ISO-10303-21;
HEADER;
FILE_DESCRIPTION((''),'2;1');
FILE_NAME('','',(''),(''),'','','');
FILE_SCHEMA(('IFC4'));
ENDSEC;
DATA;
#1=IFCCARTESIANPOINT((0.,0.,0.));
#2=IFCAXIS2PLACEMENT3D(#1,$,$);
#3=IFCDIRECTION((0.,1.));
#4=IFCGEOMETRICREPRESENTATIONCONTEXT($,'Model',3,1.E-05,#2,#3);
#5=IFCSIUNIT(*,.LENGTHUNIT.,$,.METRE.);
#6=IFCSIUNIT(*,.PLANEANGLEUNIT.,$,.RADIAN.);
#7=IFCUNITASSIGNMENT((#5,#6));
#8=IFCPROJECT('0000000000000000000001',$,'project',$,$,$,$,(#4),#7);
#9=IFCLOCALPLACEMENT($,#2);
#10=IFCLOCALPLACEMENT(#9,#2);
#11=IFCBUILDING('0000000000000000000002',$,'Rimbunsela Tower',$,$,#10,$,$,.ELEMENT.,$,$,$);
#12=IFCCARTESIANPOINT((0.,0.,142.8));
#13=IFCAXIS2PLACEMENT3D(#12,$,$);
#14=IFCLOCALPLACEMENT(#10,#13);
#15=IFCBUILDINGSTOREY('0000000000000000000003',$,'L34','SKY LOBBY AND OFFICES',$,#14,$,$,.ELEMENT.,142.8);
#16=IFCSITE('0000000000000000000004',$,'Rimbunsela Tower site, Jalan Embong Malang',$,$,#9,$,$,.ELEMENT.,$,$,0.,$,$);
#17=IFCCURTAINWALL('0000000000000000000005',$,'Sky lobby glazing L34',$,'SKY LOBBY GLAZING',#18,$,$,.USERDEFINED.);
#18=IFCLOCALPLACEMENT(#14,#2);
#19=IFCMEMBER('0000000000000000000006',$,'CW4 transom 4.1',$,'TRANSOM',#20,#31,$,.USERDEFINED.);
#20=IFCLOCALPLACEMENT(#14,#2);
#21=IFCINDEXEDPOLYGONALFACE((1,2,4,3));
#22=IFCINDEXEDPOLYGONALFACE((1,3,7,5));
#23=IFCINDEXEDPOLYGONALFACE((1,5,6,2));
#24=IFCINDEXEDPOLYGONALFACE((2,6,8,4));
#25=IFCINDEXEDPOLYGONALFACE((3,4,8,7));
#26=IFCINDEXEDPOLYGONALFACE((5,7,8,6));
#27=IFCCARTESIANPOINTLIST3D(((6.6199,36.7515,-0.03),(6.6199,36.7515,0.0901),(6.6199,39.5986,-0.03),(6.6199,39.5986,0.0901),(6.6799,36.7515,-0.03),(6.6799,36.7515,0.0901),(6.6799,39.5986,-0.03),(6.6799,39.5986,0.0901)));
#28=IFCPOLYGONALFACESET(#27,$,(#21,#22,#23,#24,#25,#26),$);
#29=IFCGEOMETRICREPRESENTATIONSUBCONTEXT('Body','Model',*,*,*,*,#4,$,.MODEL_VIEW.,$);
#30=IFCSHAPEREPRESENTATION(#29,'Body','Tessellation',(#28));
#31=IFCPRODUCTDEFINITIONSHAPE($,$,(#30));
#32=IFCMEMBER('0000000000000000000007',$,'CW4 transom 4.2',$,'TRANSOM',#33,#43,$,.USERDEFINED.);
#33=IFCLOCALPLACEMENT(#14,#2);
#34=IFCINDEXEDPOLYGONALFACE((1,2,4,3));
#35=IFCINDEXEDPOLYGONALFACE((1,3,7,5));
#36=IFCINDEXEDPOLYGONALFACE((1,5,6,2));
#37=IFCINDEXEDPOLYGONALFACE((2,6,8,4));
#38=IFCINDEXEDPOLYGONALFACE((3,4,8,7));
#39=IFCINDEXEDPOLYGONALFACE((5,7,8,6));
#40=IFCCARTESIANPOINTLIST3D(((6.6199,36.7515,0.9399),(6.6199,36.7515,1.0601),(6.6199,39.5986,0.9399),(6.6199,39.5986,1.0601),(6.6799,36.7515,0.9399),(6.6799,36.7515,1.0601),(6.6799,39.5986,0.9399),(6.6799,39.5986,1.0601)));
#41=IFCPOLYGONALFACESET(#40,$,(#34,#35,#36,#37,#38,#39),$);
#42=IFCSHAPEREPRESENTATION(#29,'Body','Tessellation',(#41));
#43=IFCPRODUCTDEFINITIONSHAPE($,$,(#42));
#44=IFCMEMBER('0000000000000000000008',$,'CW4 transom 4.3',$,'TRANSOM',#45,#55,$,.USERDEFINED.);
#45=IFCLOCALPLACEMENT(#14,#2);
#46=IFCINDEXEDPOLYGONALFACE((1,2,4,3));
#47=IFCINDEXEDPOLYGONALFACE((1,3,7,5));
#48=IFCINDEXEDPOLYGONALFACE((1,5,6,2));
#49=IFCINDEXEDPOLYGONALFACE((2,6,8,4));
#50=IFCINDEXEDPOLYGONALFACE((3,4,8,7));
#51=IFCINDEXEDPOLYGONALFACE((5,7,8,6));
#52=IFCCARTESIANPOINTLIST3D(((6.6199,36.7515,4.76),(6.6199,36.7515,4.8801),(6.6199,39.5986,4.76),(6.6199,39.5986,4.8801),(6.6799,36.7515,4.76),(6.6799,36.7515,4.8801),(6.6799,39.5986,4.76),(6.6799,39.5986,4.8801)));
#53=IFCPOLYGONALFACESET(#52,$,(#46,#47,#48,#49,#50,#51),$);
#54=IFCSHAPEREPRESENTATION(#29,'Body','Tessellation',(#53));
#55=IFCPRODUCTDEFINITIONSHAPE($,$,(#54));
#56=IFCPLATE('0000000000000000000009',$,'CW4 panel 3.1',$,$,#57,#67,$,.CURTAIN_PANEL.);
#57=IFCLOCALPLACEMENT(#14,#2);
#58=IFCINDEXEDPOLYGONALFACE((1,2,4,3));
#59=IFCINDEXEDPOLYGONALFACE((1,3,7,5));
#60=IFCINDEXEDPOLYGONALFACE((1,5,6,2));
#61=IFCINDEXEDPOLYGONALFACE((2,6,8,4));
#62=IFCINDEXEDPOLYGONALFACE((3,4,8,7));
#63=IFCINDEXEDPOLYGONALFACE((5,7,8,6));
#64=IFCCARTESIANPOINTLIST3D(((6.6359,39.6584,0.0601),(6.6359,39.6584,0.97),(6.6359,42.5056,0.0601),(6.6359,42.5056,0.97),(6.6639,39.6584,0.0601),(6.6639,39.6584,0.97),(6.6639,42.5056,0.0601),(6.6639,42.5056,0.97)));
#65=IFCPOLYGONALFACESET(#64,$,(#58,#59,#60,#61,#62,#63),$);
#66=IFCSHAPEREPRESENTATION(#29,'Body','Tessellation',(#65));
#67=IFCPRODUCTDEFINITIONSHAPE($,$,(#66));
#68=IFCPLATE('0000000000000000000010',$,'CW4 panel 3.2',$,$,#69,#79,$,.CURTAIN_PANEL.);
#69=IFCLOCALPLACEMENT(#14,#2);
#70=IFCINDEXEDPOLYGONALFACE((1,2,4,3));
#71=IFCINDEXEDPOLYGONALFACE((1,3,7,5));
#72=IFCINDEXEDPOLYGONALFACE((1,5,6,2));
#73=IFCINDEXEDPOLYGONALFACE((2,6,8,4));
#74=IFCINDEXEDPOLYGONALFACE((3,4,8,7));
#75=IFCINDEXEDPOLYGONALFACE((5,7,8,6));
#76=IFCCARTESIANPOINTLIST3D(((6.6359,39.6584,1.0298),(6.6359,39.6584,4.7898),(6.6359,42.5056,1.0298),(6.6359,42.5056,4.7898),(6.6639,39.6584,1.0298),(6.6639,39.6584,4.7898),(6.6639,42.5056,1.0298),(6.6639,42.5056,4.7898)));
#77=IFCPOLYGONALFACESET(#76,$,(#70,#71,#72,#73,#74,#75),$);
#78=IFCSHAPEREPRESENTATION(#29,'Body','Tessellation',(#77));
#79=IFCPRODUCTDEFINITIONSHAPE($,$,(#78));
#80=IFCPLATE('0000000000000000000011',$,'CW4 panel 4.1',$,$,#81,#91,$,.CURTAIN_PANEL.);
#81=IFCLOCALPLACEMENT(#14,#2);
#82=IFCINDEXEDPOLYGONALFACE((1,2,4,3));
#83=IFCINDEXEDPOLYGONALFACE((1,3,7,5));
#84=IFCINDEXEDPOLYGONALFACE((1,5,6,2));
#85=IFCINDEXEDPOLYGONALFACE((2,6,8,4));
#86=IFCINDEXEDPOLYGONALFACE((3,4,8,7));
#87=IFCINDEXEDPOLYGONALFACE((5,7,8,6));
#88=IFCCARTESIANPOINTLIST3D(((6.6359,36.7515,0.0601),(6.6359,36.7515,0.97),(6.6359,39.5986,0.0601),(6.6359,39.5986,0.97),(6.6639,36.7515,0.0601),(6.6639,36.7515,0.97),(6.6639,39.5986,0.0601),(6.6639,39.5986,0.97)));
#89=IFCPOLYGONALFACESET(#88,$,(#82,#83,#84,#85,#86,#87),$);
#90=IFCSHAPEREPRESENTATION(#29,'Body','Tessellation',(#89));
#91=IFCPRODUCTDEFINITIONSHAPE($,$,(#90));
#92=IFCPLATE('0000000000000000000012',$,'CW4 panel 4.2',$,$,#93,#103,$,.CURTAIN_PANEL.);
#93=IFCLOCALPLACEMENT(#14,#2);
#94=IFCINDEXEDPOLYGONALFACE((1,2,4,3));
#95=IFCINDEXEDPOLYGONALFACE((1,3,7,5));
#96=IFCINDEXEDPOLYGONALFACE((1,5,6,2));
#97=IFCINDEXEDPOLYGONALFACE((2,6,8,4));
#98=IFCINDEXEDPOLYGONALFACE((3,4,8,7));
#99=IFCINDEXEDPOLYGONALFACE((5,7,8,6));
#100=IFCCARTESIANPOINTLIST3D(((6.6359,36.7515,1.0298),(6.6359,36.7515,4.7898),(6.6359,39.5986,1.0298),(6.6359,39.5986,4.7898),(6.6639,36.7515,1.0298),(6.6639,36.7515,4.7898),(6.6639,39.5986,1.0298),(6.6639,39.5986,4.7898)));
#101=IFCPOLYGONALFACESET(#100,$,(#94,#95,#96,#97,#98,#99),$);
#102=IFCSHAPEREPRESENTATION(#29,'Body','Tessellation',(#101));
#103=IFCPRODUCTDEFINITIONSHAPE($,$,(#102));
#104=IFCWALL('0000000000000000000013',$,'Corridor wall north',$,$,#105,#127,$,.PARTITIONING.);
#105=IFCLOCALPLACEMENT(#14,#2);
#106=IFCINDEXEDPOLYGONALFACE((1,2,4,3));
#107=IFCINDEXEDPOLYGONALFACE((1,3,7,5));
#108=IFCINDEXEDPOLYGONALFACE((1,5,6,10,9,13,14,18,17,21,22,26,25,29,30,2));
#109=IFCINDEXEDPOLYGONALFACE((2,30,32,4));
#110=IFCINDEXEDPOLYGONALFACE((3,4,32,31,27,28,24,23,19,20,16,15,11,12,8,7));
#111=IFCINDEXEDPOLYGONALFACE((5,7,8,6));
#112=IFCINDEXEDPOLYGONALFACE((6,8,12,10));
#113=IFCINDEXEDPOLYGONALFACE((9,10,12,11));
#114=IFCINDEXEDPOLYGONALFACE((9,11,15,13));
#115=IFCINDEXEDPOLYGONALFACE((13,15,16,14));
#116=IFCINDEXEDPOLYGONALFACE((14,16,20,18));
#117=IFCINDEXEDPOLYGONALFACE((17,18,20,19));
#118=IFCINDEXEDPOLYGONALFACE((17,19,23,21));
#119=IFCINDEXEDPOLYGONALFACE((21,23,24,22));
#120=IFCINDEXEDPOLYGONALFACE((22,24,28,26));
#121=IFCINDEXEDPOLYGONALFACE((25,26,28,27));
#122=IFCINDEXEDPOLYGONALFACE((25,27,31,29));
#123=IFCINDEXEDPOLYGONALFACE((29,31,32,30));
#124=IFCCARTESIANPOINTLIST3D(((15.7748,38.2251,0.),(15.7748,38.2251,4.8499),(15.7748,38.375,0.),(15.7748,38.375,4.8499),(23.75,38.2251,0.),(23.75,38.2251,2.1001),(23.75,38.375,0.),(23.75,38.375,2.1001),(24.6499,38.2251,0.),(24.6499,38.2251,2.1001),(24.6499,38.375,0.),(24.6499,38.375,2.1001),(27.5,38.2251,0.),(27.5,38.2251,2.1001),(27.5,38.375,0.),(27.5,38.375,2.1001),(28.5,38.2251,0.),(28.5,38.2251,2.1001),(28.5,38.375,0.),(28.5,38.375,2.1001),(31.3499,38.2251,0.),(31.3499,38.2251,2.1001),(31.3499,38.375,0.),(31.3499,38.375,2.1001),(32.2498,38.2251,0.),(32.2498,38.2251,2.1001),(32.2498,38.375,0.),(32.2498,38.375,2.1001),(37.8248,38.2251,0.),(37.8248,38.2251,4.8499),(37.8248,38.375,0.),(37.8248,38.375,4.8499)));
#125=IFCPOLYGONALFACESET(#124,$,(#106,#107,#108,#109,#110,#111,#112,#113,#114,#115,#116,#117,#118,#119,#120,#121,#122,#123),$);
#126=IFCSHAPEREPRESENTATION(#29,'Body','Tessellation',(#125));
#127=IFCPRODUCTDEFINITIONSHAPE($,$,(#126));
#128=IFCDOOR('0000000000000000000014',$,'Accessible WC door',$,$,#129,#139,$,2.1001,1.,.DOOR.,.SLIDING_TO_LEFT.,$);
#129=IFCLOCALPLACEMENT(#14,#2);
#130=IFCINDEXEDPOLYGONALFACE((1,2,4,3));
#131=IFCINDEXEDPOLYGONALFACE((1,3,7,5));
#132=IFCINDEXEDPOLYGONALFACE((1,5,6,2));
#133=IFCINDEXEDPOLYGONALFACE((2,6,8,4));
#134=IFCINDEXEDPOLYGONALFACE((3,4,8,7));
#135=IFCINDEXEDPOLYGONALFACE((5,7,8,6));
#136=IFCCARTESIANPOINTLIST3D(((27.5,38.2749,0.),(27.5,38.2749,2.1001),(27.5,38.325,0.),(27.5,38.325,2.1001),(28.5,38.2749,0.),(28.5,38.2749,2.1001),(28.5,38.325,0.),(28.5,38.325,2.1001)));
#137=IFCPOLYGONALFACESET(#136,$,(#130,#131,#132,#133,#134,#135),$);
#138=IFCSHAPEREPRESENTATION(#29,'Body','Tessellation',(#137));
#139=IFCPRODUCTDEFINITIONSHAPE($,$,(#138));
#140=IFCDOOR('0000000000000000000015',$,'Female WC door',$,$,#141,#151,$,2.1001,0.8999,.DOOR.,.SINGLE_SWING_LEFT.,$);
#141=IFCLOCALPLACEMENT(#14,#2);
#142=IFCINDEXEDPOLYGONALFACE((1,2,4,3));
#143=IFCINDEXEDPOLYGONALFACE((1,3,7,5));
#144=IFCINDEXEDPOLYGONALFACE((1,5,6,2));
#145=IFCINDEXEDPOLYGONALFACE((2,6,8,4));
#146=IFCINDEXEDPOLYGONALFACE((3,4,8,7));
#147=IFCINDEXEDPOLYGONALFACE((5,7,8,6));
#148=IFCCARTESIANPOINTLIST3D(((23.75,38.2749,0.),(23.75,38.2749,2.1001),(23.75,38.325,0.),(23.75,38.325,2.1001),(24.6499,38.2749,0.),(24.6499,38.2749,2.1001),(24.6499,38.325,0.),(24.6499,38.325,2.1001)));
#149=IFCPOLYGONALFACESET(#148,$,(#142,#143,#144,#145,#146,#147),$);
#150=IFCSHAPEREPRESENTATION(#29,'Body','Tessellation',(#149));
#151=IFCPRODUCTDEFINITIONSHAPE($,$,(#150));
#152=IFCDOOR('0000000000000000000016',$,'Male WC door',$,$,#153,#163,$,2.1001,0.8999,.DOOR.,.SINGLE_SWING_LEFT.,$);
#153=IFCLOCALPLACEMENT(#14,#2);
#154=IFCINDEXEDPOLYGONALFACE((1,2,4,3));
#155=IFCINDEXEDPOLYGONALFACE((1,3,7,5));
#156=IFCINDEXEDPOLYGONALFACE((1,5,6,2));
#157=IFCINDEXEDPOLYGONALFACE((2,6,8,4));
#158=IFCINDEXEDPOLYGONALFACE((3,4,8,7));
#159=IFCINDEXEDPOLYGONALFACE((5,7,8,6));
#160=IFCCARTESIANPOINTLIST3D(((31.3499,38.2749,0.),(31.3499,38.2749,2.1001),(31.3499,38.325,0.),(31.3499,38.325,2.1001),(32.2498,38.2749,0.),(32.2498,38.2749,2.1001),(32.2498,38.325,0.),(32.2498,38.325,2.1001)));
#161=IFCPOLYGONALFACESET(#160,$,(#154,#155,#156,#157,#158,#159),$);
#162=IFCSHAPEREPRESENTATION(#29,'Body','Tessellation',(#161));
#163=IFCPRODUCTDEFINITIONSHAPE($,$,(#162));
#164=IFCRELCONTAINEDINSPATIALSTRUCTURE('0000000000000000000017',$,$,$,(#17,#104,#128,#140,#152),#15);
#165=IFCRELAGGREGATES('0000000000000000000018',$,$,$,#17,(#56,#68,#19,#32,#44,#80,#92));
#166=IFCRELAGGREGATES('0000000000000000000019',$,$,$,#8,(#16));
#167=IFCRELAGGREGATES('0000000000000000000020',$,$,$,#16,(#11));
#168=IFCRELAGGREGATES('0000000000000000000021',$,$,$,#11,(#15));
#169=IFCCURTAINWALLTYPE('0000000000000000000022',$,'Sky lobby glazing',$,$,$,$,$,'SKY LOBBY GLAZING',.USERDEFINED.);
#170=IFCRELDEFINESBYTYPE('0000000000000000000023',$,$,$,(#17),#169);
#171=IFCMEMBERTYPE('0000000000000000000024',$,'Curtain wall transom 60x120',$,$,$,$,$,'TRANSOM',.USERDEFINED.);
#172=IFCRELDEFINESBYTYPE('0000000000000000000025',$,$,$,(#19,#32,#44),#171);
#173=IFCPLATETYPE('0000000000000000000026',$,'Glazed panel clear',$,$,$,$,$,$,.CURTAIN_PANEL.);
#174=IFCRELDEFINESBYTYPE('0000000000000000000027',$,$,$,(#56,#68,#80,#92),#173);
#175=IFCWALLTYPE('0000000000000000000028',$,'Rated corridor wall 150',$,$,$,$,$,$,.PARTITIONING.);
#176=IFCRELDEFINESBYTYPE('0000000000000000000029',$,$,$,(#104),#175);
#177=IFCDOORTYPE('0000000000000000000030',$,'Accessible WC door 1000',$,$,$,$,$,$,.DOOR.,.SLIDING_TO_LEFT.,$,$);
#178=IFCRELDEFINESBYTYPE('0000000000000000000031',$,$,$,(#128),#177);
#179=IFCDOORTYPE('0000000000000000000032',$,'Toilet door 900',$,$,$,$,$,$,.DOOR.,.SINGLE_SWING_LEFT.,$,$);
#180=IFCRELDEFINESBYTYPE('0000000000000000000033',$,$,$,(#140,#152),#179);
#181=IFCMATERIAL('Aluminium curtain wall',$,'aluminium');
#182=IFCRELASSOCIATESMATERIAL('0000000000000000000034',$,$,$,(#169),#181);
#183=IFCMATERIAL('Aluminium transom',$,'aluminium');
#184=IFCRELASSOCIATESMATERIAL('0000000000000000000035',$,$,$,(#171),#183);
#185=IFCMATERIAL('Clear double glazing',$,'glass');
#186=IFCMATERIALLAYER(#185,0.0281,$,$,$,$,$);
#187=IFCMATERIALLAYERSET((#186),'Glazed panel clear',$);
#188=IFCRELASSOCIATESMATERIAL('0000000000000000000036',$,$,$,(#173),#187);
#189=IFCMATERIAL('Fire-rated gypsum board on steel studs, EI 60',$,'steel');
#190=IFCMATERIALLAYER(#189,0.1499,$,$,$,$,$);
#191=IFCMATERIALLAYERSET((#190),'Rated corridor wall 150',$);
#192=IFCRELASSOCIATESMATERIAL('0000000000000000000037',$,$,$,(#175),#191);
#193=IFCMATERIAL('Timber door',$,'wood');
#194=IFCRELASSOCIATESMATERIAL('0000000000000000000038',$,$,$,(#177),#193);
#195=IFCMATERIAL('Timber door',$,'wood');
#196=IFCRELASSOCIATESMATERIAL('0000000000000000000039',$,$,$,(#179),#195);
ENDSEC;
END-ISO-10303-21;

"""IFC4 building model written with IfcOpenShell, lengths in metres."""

from ifc_helpers import new_model, si_unit, direction, frame, frame_2d, origin, origin_2d, place, context, subcontext, project, spatial, rectangle, extrude, material, layer, layer_set, material_profile, profile_set, type_object, element, fill, aggregate, save


model = new_model("IFC4")

# Units and contexts
model_context = context("Model", 3, precision=1e-05, world=origin(), true_north=direction((0.0, 1.0)))
body_context = subcontext(model_context, "Body", "Model", "MODEL_VIEW")
ifc_project = project(units=[si_unit("LENGTHUNIT", "METRE"), si_unit("PLANEANGLEUNIT", "RADIAN")], contexts=[model_context])

# Site, building, storey
site_placement = place(None, origin())
site = spatial("IfcSite", under=ifc_project, at=site_placement, Name="Rimbunsela Tower site, Jalan Embong Malang", CompositionType="ELEMENT", RefElevation=0.0)
building_placement = place(site_placement, origin())
building = spatial("IfcBuilding", under=site, at=building_placement, Name="Rimbunsela Tower", CompositionType="ELEMENT")
storey_placement = place(building_placement, frame((0.0, 0.0, 142.8)))
storey = spatial("IfcBuildingStorey", under=building, at=storey_placement, Name="L34", Description="SKY LOBBY AND OFFICES", CompositionType="ELEMENT", Elevation=142.8)

# Curtain wall, members, plates
ifc_material_1 = material(Name="Aluminium curtain wall", Category="aluminium")
curtain_wall_type = type_object("IfcCurtainWallType", Name="Sky lobby glazing", ElementType="SKY LOBBY GLAZING", PredefinedType="USERDEFINED", material=ifc_material_1)
curtain_wall_placement = place(storey_placement, origin())
curtain_wall = element("IfcCurtainWall", 1, at=curtain_wall_placement, inside=storey, type_object=curtain_wall_type, Name="Sky lobby glazing L34", ObjectType="SKY LOBBY GLAZING", PredefinedType="USERDEFINED")
ifc_material_2 = material(Name="Aluminium transom", Category="aluminium")
ifc_material_profile_1 = material_profile(ifc_material_2, rectangle(XDim=0.0601, YDim=0.1201, at=origin_2d()), Name="Transom 60x120")
ifc_profile_set_1 = profile_set([ifc_material_profile_1], Name="Aluminium transom")
member_type_1 = type_object("IfcMemberType", Name="Curtain wall transom 60x120", ElementType="TRANSOM", PredefinedType="USERDEFINED", material=ifc_profile_set_1)
member_1_placement = place(storey_placement, frame((6.6499, 39.5986, 0.03), z_axis=(0.0, -1.0, 0.0), x_axis=(1.0, 0.0, 0.0)))
member_1 = element("IfcMember", 2, at=member_1_placement, type_object=member_type_1, Name="CW4 transom 4.1", ObjectType="TRANSOM", PredefinedType="USERDEFINED", context=body_context, shape_type="SweptSolid", body=[
    extrude(rectangle(XDim=0.0601, YDim=0.1201, at=origin_2d()), origin(), (0.0, 0.0, 1.0), 2.8472),
])
member_2_placement = place(storey_placement, frame((6.6499, 39.5986, 1.0), z_axis=(0.0, -1.0, 0.0), x_axis=(1.0, 0.0, 0.0)))
member_2 = element("IfcMember", 3, at=member_2_placement, type_object=member_type_1, Name="CW4 transom 4.2", ObjectType="TRANSOM", PredefinedType="USERDEFINED", context=body_context, shape_type="SweptSolid", body=[
    extrude(rectangle(XDim=0.0601, YDim=0.1201, at=origin_2d()), origin(), (0.0, 0.0, 1.0), 2.8472),
])
member_3_placement = place(storey_placement, frame((6.6499, 39.5986, 4.8201), z_axis=(0.0, -1.0, 0.0), x_axis=(1.0, 0.0, 0.0)))
member_3 = element("IfcMember", 4, at=member_3_placement, type_object=member_type_1, Name="CW4 transom 4.3", ObjectType="TRANSOM", PredefinedType="USERDEFINED", context=body_context, shape_type="SweptSolid", body=[
    extrude(rectangle(XDim=0.0601, YDim=0.1201, at=origin_2d()), origin(), (0.0, 0.0, 1.0), 2.8472),
])
ifc_material_3 = material(Name="Clear double glazing", Category="glass")
ifc_layer_1 = layer(ifc_material_3, 0.0281)
ifc_layer_set_1 = layer_set([ifc_layer_1], Name="Glazed panel clear")
plate_type = type_object("IfcPlateType", Name="Glazed panel clear", PredefinedType="CURTAIN_PANEL", material=ifc_layer_set_1)
plate_1_placement = place(storey_placement, frame((6.6499, 41.082, 0.0601), z_axis=(0.0, 0.0, 1.0), x_axis=(0.0, -1.0, 0.0)))
plate_1 = element("IfcPlate", 5, at=plate_1_placement, type_object=plate_type, Name="CW4 panel 3.1", PredefinedType="CURTAIN_PANEL", context=body_context, shape_type="SweptSolid", body=[
    extrude(rectangle(XDim=2.8472, YDim=0.0281, at=origin_2d()), origin(), (0.0, 0.0, 1.0), 0.9099),
])
plate_2_placement = place(storey_placement, frame((6.6499, 41.082, 1.0298), z_axis=(0.0, 0.0, 1.0), x_axis=(0.0, -1.0, 0.0)))
plate_2 = element("IfcPlate", 6, at=plate_2_placement, type_object=plate_type, Name="CW4 panel 3.2", PredefinedType="CURTAIN_PANEL", context=body_context, shape_type="SweptSolid", body=[
    extrude(rectangle(XDim=2.8472, YDim=0.0281, at=origin_2d()), origin(), (0.0, 0.0, 1.0), 3.76),
])
plate_3_placement = place(storey_placement, frame((6.6499, 38.175, 0.0601), z_axis=(0.0, 0.0, 1.0), x_axis=(0.0, -1.0, 0.0)))
plate_3 = element("IfcPlate", 7, at=plate_3_placement, type_object=plate_type, Name="CW4 panel 4.1", PredefinedType="CURTAIN_PANEL", context=body_context, shape_type="SweptSolid", body=[
    extrude(rectangle(XDim=2.8472, YDim=0.0281, at=origin_2d()), origin(), (0.0, 0.0, 1.0), 0.9099),
])
plate_4_placement = place(storey_placement, frame((6.6499, 38.175, 1.0298), z_axis=(0.0, 0.0, 1.0), x_axis=(0.0, -1.0, 0.0)))
plate_4 = element("IfcPlate", 8, at=plate_4_placement, type_object=plate_type, Name="CW4 panel 4.2", PredefinedType="CURTAIN_PANEL", context=body_context, shape_type="SweptSolid", body=[
    extrude(rectangle(XDim=2.8472, YDim=0.0281, at=origin_2d()), origin(), (0.0, 0.0, 1.0), 3.76),
])
aggregate(curtain_wall, [plate_1, plate_2, member_1, member_2, member_3, plate_3, plate_4])

# Wall, openings, doors
ifc_material_4 = material(Name="Fire-rated gypsum board on steel studs, EI 60", Category="steel")
ifc_layer_2 = layer(ifc_material_4, 0.1499)
ifc_layer_set_2 = layer_set([ifc_layer_2], Name="Rated corridor wall 150")
wall_type = type_object("IfcWallType", Name="Rated corridor wall 150", PredefinedType="PARTITIONING", material=ifc_layer_set_2)
wall_placement = place(storey_placement, frame((15.7749, 38.3, 0.0), z_axis=(0.0, 0.0, 1.0), x_axis=(1.0, 0.0, 0.0)))
wall = element("IfcWall", 9, at=wall_placement, inside=storey, type_object=wall_type, Name="Corridor wall north", PredefinedType="PARTITIONING", context=body_context, shape_type="SweptSolid", body=[
    extrude(rectangle(XDim=22.05, YDim=0.1499, at=frame_2d((11.0249, 0.0))), origin(), (0.0, 0.0, 1.0), 4.8499),
])
opening_1_placement = place(wall_placement, frame((7.9751, 0.0, 0.0)))
opening_1 = element("IfcOpeningElement", 10, at=opening_1_placement, cuts=wall, PredefinedType="OPENING", context=body_context, shape_type="SweptSolid", body=[
    extrude(rectangle(XDim=0.8999, YDim=2.1001, at=frame_2d((0.45, 1.05))), frame((0.0, 0.085, 0.0), z_axis=(0.0, -1.0, 0.0), x_axis=(1.0, 0.0, 0.0)), (0.0, 0.0, 1.0), 0.1699),
])
opening_2_placement = place(wall_placement, frame((11.7251, 0.0, 0.0)))
opening_2 = element("IfcOpeningElement", 11, at=opening_2_placement, cuts=wall, PredefinedType="OPENING", context=body_context, shape_type="SweptSolid", body=[
    extrude(rectangle(XDim=1.0, YDim=2.1001, at=frame_2d((0.5, 1.05))), frame((0.0, 0.085, 0.0), z_axis=(0.0, -1.0, 0.0), x_axis=(1.0, 0.0, 0.0)), (0.0, 0.0, 1.0), 0.1699),
])
opening_3_placement = place(wall_placement, frame((15.575, 0.0, 0.0)))
opening_3 = element("IfcOpeningElement", 12, at=opening_3_placement, cuts=wall, PredefinedType="OPENING", context=body_context, shape_type="SweptSolid", body=[
    extrude(rectangle(XDim=0.8999, YDim=2.1001, at=frame_2d((0.45, 1.05))), frame((0.0, 0.085, 0.0), z_axis=(0.0, -1.0, 0.0), x_axis=(1.0, 0.0, 0.0)), (0.0, 0.0, 1.0), 0.1699),
])
ifc_material_5 = material(Name="Timber door", Category="wood")
door_type_1 = type_object("IfcDoorType", Name="Accessible WC door 1000", OperationType="SLIDING_TO_LEFT", PredefinedType="DOOR", material=ifc_material_5)
door_1_placement = place(opening_2_placement, origin())
door_1 = element("IfcDoor", 13, at=door_1_placement, inside=storey, type_object=door_type_1, Name="Accessible WC door", OperationType="SLIDING_TO_LEFT", OverallHeight=2.1001, OverallWidth=1.0, PredefinedType="DOOR", context=body_context, shape_type="SweptSolid", body=[
    extrude(rectangle(XDim=1.0, YDim=2.1001, at=frame_2d((0.5, 1.05))), frame((0.0, 0.0249, 0.0), z_axis=(0.0, -1.0, 0.0), x_axis=(1.0, 0.0, 0.0)), (0.0, 0.0, 1.0), 0.05),
])
fill(opening_2, door_1)
ifc_material_6 = material(Name="Timber door", Category="wood")
door_type_2 = type_object("IfcDoorType", Name="Toilet door 900", OperationType="SINGLE_SWING_LEFT", PredefinedType="DOOR", material=ifc_material_6)
door_2_placement = place(opening_1_placement, origin())
door_2 = element("IfcDoor", 14, at=door_2_placement, inside=storey, type_object=door_type_2, Name="Female WC door", OperationType="SINGLE_SWING_LEFT", OverallHeight=2.1001, OverallWidth=0.8999, PredefinedType="DOOR", context=body_context, shape_type="SweptSolid", body=[
    extrude(rectangle(XDim=0.8999, YDim=2.1001, at=frame_2d((0.45, 1.05))), frame((0.0, 0.0249, 0.0), z_axis=(0.0, -1.0, 0.0), x_axis=(1.0, 0.0, 0.0)), (0.0, 0.0, 1.0), 0.05),
])
fill(opening_1, door_2)
door_3_placement = place(opening_3_placement, origin())
door_3 = element("IfcDoor", 15, at=door_3_placement, inside=storey, type_object=door_type_2, Name="Male WC door", OperationType="SINGLE_SWING_LEFT", OverallHeight=2.1001, OverallWidth=0.8999, PredefinedType="DOOR", context=body_context, shape_type="SweptSolid", body=[
    extrude(rectangle(XDim=0.8999, YDim=2.1001, at=frame_2d((0.45, 1.05))), frame((0.0, 0.0249, 0.0), z_axis=(0.0, -1.0, 0.0), x_axis=(1.0, 0.0, 0.0)), (0.0, 0.0, 1.0), 0.05),
])
fill(opening_3, door_3)

save(model, "model.ifc")
